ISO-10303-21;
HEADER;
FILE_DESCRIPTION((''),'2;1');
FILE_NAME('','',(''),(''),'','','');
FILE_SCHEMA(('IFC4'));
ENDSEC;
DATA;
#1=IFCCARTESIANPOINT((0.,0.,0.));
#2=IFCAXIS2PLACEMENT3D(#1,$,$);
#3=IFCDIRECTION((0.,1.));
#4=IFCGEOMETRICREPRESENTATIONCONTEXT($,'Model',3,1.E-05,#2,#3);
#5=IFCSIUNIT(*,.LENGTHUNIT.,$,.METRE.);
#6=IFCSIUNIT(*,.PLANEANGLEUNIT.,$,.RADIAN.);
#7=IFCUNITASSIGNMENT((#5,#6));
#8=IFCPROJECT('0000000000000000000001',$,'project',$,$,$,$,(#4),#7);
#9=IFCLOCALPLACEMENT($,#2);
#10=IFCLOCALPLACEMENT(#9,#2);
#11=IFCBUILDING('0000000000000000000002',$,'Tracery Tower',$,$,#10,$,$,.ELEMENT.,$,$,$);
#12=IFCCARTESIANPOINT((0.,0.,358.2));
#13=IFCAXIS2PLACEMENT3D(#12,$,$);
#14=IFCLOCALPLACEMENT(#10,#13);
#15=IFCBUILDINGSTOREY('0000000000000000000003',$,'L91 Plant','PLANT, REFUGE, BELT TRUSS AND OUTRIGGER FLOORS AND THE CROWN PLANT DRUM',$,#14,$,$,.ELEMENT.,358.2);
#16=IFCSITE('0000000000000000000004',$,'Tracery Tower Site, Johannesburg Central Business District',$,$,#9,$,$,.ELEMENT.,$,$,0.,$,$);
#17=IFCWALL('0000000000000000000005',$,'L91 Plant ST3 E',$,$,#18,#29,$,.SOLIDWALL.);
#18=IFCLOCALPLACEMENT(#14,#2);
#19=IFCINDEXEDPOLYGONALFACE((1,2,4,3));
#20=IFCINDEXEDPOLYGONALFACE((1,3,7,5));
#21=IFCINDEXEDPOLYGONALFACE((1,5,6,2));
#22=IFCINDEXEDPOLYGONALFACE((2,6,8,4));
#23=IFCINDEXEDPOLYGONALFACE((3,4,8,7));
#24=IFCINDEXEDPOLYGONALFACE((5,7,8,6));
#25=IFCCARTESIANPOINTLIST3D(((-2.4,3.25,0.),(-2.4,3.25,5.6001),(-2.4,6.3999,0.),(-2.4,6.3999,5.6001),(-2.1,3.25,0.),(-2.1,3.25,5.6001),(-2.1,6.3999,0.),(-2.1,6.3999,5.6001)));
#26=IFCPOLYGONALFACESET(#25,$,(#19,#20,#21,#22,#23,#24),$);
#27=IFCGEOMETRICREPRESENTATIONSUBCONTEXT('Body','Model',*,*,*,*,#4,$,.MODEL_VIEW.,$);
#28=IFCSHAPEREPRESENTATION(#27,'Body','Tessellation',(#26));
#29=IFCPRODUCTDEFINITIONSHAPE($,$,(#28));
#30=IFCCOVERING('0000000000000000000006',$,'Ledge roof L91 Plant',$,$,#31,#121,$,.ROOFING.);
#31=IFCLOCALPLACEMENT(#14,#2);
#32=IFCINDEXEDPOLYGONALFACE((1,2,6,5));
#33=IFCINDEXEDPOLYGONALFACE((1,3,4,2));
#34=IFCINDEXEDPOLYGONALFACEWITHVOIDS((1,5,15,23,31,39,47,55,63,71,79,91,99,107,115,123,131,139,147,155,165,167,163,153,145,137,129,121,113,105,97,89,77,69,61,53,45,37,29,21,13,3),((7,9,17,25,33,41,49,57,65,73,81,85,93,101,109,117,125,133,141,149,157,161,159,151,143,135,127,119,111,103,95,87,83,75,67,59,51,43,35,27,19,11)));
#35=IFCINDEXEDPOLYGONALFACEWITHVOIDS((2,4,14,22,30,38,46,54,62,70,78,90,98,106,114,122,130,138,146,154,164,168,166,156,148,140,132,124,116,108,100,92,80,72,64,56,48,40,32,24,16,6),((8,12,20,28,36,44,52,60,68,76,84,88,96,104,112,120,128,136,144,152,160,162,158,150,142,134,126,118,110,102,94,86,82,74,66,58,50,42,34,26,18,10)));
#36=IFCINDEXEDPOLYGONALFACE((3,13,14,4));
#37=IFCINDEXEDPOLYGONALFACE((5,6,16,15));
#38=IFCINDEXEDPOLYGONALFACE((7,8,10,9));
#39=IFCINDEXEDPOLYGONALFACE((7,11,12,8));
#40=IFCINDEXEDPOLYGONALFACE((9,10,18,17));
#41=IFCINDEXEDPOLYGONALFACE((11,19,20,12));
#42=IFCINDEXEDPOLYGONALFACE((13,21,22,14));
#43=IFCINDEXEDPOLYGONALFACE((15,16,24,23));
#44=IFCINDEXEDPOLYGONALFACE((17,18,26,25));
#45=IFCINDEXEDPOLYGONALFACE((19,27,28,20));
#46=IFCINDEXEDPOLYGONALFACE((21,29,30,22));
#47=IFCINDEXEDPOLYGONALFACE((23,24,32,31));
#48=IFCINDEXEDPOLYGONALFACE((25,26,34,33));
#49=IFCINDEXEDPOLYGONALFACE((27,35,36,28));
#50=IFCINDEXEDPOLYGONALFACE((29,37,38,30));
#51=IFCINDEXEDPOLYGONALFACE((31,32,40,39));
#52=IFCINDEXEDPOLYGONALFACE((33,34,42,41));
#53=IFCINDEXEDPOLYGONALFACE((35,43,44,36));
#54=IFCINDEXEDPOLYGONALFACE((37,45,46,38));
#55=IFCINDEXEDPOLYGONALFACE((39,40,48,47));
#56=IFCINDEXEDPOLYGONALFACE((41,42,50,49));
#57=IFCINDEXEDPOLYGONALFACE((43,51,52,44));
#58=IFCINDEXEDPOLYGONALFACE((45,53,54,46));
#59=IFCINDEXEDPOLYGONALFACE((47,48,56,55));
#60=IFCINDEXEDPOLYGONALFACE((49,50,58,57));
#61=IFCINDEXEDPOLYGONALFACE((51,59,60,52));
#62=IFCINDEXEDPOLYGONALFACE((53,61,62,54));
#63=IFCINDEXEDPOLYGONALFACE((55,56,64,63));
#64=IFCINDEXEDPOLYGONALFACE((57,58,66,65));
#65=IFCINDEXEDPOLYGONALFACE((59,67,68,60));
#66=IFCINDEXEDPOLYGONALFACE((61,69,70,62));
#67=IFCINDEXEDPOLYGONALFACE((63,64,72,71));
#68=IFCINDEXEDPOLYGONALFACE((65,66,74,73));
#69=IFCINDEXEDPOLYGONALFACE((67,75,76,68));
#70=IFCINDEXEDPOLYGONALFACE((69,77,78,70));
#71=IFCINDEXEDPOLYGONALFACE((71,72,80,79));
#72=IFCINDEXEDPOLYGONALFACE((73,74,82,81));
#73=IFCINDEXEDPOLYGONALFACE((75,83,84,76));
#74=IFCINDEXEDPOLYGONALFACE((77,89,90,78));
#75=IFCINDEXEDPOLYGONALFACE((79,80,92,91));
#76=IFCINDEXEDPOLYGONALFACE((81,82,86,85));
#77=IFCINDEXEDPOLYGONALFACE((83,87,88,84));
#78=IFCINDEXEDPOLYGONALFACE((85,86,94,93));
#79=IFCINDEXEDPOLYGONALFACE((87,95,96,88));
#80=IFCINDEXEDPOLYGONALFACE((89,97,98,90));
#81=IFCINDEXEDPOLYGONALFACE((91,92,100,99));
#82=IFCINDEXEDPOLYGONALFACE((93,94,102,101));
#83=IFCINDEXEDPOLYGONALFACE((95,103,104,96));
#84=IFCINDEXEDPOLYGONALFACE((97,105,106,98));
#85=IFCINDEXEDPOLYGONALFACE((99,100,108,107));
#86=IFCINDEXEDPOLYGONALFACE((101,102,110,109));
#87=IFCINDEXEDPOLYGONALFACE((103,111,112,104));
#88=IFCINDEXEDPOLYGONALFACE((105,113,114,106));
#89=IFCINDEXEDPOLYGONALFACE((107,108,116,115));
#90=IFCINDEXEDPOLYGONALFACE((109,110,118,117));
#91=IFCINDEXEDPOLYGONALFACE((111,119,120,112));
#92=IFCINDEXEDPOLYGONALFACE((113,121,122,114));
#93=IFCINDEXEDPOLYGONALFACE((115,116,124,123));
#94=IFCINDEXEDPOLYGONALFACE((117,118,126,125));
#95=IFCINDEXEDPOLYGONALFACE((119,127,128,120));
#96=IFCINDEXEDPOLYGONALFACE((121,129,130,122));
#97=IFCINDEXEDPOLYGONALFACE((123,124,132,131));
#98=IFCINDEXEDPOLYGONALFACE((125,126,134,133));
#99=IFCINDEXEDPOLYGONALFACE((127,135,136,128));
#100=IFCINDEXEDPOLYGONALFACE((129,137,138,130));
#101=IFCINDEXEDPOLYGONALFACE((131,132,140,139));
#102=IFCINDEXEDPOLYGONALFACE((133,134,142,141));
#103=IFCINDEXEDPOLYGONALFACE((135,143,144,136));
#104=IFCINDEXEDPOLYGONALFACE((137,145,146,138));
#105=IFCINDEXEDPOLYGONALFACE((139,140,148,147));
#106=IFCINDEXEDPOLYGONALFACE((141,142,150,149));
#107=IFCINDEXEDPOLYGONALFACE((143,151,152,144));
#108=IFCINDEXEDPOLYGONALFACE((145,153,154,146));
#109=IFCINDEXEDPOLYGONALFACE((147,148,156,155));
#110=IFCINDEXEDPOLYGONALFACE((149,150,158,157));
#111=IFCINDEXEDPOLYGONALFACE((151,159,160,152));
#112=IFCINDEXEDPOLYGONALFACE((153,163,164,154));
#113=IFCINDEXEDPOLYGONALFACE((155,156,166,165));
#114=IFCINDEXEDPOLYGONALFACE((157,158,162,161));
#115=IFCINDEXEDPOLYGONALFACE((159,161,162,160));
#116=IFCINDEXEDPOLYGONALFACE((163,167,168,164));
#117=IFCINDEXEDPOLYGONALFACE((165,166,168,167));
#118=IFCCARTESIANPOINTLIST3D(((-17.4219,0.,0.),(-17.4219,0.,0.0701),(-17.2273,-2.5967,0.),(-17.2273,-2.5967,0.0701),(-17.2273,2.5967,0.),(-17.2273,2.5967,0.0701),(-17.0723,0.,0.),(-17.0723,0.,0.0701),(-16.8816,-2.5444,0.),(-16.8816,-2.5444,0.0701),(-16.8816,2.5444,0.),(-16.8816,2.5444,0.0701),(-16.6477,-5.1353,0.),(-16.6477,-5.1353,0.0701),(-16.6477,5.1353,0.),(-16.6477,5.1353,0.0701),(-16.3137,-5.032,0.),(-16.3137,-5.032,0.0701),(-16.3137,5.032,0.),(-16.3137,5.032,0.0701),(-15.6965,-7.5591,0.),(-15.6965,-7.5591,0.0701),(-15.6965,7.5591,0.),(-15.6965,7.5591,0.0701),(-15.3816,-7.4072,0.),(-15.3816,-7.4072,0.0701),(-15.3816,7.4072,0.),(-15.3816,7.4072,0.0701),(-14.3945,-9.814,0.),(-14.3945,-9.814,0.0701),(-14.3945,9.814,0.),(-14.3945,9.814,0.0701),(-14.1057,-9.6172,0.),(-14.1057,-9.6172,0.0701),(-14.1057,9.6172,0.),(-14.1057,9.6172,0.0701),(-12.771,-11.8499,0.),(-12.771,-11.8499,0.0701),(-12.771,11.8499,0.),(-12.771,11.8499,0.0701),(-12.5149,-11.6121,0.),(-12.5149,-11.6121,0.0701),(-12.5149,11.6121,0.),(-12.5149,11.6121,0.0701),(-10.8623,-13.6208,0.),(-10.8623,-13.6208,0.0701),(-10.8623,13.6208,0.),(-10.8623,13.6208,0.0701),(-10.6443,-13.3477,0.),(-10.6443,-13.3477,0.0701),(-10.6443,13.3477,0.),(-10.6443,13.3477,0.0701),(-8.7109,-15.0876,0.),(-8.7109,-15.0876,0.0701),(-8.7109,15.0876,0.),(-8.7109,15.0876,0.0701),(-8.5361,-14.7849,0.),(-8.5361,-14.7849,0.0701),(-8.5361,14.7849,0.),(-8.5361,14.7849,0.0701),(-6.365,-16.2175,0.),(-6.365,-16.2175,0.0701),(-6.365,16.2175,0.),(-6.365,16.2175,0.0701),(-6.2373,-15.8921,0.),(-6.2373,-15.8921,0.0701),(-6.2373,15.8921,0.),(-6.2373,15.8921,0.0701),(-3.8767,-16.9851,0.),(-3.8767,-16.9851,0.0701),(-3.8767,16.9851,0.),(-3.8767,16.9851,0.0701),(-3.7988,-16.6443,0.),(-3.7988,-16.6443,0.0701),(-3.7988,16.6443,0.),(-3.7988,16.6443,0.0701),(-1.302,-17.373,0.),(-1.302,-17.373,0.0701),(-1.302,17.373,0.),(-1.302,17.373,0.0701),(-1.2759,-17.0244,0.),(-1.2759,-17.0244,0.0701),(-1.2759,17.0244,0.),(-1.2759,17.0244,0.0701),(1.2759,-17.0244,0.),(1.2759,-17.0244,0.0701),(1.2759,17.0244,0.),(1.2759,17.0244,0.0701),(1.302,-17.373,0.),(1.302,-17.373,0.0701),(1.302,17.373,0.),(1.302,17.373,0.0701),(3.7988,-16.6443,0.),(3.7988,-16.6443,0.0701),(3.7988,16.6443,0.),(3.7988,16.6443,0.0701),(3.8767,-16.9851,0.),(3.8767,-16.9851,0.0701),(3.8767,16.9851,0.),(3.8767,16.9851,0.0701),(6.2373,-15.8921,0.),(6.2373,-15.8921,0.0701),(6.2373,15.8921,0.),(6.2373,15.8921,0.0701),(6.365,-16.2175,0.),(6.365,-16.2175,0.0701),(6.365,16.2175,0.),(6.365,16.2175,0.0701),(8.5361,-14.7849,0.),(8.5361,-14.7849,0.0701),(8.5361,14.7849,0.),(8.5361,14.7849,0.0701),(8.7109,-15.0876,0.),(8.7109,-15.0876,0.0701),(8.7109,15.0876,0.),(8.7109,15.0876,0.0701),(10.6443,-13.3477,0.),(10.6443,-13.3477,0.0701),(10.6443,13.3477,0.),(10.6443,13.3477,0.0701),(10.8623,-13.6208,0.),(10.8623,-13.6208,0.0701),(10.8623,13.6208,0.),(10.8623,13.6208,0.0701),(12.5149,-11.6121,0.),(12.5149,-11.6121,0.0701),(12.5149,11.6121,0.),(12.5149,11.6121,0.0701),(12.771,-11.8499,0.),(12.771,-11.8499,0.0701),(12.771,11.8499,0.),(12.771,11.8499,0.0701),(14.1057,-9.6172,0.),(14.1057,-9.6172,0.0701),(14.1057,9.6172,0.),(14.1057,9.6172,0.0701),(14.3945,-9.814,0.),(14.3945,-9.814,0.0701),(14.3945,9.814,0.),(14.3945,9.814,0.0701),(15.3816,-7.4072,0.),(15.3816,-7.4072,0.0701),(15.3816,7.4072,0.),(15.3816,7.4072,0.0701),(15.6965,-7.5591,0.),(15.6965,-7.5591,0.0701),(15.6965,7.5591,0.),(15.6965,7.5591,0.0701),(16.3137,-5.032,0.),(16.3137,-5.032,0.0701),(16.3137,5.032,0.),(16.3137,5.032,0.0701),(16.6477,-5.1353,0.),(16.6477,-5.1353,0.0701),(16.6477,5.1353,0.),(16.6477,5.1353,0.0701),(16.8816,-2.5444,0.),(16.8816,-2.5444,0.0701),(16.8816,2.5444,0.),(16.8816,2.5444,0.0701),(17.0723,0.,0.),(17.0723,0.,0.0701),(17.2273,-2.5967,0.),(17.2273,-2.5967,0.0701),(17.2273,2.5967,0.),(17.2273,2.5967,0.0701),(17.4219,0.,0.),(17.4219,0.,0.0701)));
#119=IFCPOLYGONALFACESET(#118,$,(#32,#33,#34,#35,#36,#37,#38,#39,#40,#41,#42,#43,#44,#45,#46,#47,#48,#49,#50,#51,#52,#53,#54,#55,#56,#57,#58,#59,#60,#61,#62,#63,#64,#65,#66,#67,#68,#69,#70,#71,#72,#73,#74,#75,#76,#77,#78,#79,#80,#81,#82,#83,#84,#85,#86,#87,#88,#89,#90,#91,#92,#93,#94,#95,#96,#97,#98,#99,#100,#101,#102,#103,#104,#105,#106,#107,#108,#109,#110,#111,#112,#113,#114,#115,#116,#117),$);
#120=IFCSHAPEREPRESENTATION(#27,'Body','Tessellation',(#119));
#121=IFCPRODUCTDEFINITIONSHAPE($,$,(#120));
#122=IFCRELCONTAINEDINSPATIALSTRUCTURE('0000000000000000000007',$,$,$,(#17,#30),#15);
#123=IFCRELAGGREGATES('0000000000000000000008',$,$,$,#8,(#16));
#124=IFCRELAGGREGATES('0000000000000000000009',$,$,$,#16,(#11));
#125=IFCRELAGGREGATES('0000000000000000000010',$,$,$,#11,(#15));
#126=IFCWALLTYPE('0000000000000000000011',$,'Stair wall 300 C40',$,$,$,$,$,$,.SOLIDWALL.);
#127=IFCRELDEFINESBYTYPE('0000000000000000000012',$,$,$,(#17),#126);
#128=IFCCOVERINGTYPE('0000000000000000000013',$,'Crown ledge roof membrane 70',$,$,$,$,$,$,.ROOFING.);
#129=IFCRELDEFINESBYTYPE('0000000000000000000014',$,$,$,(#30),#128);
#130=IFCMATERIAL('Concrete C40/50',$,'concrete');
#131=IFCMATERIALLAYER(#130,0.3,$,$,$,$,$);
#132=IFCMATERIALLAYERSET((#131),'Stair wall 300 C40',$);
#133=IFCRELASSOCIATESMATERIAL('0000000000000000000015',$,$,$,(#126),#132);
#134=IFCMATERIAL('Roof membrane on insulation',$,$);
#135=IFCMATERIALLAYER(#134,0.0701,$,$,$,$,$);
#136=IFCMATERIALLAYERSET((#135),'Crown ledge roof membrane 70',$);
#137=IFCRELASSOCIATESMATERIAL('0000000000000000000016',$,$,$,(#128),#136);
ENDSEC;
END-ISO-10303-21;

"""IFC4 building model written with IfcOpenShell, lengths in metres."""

from ifc_helpers import new_model, si_unit, direction, frame, frame_2d, origin, place, context, subcontext, project, spatial, polyline, rectangle, outline, extrude, material, layer, layer_set, type_object, element, save


model = new_model("IFC4")

# Units and contexts
model_context = context("Model", 3, precision=1e-05, world=origin(), true_north=direction((0.0, 1.0)))
body_context = subcontext(model_context, "Body", "Model", "MODEL_VIEW")
ifc_project = project(units=[si_unit("LENGTHUNIT", "METRE"), si_unit("PLANEANGLEUNIT", "RADIAN")], contexts=[model_context])

# Site, building, storey
site_placement = place(None, origin())
site = spatial("IfcSite", under=ifc_project, at=site_placement, Name="Tracery Tower Site, Johannesburg Central Business District", CompositionType="ELEMENT", RefElevation=0.0)
building_placement = place(site_placement, origin())
building = spatial("IfcBuilding", under=site, at=building_placement, Name="Tracery Tower", CompositionType="ELEMENT")
storey_placement = place(building_placement, frame((0.0, 0.0, 358.2)))
storey = spatial("IfcBuildingStorey", under=building, at=storey_placement, Name="L91 Plant", Description="PLANT, REFUGE, BELT TRUSS AND OUTRIGGER FLOORS AND THE CROWN PLANT DRUM", CompositionType="ELEMENT", Elevation=358.2)

# Shared definitions
ifc_material_1 = material(Name="Concrete C40/50", Category="concrete")
ifc_layer_1 = layer(ifc_material_1, 0.3)
ifc_layer_set_1 = layer_set([ifc_layer_1], Name="Stair wall 300 C40")
wall_type_1 = type_object("IfcWallType", Name="Stair wall 300 C40", PredefinedType="SOLIDWALL", material=ifc_layer_set_1)

# Wall
wall_1_placement = place(storey_placement, frame((-2.25, 3.25, 0.0), z_axis=(0.0, 0.0, 1.0), x_axis=(0.0, 1.0, 0.0)))
element("IfcWall", 1, at=wall_1_placement, inside=storey, type_object=wall_type_1, Name="L91 Plant ST3 E", PredefinedType="SOLIDWALL", context=body_context, shape_type="SweptSolid", body=[
    extrude(rectangle(XDim=3.1499, YDim=0.3, at=frame_2d((1.575, 0.0))), origin(), (0.0, 0.0, 1.0), 5.6001),
])

# Covering
ifc_material_2 = material(Name="Roof membrane on insulation")
ifc_layer_2 = layer(ifc_material_2, 0.0701)
ifc_layer_set_2 = layer_set([ifc_layer_2], Name="Crown ledge roof membrane 70")
covering_type = type_object("IfcCoveringType", Name="Crown ledge roof membrane 70", PredefinedType="ROOFING", material=ifc_layer_set_2)
covering_placement = place(storey_placement, origin())
element("IfcCovering", 2, at=covering_placement, inside=storey, type_object=covering_type, Name="Ledge roof L91 Plant", PredefinedType="ROOFING", context=body_context, shape_type="SweptSolid", body=[
    extrude(outline(polyline([(17.4219, 0.0), (17.2273, 2.5967), (16.6477, 5.1353), (15.6965, 7.5591), (14.3945, 9.814), (12.771, 11.8499), (10.8623, 13.6208), (8.7109, 15.0876), (6.365, 16.2175), (3.8767, 16.9851), (1.302, 17.373), (-1.302, 17.373), (-3.8767, 16.9851), (-6.365, 16.2175), (-8.7109, 15.0876), (-10.8623, 13.6208), (-12.771, 11.8499), (-14.3945, 9.814), (-15.6965, 7.5591), (-16.6477, 5.1353), (-17.2273, 2.5967), (-17.4219, 0.0), (-17.2273, -2.5967), (-16.6477, -5.1353), (-15.6965, -7.5591), (-14.3945, -9.814), (-12.771, -11.8499), (-10.8623, -13.6208), (-8.7109, -15.0876), (-6.365, -16.2175), (-3.8767, -16.9851), (-1.302, -17.373), (1.302, -17.373), (3.8767, -16.9851), (6.365, -16.2175), (8.7109, -15.0876), (10.8623, -13.6208), (12.771, -11.8499), (14.3945, -9.814), (15.6965, -7.5591), (16.6477, -5.1353), (17.2273, -2.5967), (17.4219, 0.0)]), holes=[polyline([(17.0723, 0.0), (16.8816, -2.5444), (16.3137, -5.032), (15.3816, -7.4072), (14.1057, -9.6172), (12.5149, -11.6121), (10.6443, -13.3477), (8.5361, -14.7849), (6.2373, -15.8921), (3.7988, -16.6443), (1.2759, -17.0244), (-1.2759, -17.0244), (-3.7988, -16.6443), (-6.2373, -15.8921), (-8.5361, -14.7849), (-10.6443, -13.3477), (-12.5149, -11.6121), (-14.1057, -9.6172), (-15.3816, -7.4072), (-16.3137, -5.032), (-16.8816, -2.5444), (-17.0723, 0.0), (-16.8816, 2.5444), (-16.3137, 5.032), (-15.3816, 7.4072), (-14.1057, 9.6172), (-12.5149, 11.6121), (-10.6443, 13.3477), (-8.5361, 14.7849), (-6.2373, 15.8921), (-3.7988, 16.6443), (-1.2759, 17.0244), (1.2759, 17.0244), (3.7988, 16.6443), (6.2373, 15.8921), (8.5361, 14.7849), (10.6443, 13.3477), (12.5149, 11.6121), (14.1057, 9.6172), (15.3816, 7.4072), (16.3137, 5.032), (16.8816, 2.5444), (17.0723, 0.0)])]), origin(), (0.0, 0.0, 1.0), 0.0701),
])

save(model, "model.ifc")
